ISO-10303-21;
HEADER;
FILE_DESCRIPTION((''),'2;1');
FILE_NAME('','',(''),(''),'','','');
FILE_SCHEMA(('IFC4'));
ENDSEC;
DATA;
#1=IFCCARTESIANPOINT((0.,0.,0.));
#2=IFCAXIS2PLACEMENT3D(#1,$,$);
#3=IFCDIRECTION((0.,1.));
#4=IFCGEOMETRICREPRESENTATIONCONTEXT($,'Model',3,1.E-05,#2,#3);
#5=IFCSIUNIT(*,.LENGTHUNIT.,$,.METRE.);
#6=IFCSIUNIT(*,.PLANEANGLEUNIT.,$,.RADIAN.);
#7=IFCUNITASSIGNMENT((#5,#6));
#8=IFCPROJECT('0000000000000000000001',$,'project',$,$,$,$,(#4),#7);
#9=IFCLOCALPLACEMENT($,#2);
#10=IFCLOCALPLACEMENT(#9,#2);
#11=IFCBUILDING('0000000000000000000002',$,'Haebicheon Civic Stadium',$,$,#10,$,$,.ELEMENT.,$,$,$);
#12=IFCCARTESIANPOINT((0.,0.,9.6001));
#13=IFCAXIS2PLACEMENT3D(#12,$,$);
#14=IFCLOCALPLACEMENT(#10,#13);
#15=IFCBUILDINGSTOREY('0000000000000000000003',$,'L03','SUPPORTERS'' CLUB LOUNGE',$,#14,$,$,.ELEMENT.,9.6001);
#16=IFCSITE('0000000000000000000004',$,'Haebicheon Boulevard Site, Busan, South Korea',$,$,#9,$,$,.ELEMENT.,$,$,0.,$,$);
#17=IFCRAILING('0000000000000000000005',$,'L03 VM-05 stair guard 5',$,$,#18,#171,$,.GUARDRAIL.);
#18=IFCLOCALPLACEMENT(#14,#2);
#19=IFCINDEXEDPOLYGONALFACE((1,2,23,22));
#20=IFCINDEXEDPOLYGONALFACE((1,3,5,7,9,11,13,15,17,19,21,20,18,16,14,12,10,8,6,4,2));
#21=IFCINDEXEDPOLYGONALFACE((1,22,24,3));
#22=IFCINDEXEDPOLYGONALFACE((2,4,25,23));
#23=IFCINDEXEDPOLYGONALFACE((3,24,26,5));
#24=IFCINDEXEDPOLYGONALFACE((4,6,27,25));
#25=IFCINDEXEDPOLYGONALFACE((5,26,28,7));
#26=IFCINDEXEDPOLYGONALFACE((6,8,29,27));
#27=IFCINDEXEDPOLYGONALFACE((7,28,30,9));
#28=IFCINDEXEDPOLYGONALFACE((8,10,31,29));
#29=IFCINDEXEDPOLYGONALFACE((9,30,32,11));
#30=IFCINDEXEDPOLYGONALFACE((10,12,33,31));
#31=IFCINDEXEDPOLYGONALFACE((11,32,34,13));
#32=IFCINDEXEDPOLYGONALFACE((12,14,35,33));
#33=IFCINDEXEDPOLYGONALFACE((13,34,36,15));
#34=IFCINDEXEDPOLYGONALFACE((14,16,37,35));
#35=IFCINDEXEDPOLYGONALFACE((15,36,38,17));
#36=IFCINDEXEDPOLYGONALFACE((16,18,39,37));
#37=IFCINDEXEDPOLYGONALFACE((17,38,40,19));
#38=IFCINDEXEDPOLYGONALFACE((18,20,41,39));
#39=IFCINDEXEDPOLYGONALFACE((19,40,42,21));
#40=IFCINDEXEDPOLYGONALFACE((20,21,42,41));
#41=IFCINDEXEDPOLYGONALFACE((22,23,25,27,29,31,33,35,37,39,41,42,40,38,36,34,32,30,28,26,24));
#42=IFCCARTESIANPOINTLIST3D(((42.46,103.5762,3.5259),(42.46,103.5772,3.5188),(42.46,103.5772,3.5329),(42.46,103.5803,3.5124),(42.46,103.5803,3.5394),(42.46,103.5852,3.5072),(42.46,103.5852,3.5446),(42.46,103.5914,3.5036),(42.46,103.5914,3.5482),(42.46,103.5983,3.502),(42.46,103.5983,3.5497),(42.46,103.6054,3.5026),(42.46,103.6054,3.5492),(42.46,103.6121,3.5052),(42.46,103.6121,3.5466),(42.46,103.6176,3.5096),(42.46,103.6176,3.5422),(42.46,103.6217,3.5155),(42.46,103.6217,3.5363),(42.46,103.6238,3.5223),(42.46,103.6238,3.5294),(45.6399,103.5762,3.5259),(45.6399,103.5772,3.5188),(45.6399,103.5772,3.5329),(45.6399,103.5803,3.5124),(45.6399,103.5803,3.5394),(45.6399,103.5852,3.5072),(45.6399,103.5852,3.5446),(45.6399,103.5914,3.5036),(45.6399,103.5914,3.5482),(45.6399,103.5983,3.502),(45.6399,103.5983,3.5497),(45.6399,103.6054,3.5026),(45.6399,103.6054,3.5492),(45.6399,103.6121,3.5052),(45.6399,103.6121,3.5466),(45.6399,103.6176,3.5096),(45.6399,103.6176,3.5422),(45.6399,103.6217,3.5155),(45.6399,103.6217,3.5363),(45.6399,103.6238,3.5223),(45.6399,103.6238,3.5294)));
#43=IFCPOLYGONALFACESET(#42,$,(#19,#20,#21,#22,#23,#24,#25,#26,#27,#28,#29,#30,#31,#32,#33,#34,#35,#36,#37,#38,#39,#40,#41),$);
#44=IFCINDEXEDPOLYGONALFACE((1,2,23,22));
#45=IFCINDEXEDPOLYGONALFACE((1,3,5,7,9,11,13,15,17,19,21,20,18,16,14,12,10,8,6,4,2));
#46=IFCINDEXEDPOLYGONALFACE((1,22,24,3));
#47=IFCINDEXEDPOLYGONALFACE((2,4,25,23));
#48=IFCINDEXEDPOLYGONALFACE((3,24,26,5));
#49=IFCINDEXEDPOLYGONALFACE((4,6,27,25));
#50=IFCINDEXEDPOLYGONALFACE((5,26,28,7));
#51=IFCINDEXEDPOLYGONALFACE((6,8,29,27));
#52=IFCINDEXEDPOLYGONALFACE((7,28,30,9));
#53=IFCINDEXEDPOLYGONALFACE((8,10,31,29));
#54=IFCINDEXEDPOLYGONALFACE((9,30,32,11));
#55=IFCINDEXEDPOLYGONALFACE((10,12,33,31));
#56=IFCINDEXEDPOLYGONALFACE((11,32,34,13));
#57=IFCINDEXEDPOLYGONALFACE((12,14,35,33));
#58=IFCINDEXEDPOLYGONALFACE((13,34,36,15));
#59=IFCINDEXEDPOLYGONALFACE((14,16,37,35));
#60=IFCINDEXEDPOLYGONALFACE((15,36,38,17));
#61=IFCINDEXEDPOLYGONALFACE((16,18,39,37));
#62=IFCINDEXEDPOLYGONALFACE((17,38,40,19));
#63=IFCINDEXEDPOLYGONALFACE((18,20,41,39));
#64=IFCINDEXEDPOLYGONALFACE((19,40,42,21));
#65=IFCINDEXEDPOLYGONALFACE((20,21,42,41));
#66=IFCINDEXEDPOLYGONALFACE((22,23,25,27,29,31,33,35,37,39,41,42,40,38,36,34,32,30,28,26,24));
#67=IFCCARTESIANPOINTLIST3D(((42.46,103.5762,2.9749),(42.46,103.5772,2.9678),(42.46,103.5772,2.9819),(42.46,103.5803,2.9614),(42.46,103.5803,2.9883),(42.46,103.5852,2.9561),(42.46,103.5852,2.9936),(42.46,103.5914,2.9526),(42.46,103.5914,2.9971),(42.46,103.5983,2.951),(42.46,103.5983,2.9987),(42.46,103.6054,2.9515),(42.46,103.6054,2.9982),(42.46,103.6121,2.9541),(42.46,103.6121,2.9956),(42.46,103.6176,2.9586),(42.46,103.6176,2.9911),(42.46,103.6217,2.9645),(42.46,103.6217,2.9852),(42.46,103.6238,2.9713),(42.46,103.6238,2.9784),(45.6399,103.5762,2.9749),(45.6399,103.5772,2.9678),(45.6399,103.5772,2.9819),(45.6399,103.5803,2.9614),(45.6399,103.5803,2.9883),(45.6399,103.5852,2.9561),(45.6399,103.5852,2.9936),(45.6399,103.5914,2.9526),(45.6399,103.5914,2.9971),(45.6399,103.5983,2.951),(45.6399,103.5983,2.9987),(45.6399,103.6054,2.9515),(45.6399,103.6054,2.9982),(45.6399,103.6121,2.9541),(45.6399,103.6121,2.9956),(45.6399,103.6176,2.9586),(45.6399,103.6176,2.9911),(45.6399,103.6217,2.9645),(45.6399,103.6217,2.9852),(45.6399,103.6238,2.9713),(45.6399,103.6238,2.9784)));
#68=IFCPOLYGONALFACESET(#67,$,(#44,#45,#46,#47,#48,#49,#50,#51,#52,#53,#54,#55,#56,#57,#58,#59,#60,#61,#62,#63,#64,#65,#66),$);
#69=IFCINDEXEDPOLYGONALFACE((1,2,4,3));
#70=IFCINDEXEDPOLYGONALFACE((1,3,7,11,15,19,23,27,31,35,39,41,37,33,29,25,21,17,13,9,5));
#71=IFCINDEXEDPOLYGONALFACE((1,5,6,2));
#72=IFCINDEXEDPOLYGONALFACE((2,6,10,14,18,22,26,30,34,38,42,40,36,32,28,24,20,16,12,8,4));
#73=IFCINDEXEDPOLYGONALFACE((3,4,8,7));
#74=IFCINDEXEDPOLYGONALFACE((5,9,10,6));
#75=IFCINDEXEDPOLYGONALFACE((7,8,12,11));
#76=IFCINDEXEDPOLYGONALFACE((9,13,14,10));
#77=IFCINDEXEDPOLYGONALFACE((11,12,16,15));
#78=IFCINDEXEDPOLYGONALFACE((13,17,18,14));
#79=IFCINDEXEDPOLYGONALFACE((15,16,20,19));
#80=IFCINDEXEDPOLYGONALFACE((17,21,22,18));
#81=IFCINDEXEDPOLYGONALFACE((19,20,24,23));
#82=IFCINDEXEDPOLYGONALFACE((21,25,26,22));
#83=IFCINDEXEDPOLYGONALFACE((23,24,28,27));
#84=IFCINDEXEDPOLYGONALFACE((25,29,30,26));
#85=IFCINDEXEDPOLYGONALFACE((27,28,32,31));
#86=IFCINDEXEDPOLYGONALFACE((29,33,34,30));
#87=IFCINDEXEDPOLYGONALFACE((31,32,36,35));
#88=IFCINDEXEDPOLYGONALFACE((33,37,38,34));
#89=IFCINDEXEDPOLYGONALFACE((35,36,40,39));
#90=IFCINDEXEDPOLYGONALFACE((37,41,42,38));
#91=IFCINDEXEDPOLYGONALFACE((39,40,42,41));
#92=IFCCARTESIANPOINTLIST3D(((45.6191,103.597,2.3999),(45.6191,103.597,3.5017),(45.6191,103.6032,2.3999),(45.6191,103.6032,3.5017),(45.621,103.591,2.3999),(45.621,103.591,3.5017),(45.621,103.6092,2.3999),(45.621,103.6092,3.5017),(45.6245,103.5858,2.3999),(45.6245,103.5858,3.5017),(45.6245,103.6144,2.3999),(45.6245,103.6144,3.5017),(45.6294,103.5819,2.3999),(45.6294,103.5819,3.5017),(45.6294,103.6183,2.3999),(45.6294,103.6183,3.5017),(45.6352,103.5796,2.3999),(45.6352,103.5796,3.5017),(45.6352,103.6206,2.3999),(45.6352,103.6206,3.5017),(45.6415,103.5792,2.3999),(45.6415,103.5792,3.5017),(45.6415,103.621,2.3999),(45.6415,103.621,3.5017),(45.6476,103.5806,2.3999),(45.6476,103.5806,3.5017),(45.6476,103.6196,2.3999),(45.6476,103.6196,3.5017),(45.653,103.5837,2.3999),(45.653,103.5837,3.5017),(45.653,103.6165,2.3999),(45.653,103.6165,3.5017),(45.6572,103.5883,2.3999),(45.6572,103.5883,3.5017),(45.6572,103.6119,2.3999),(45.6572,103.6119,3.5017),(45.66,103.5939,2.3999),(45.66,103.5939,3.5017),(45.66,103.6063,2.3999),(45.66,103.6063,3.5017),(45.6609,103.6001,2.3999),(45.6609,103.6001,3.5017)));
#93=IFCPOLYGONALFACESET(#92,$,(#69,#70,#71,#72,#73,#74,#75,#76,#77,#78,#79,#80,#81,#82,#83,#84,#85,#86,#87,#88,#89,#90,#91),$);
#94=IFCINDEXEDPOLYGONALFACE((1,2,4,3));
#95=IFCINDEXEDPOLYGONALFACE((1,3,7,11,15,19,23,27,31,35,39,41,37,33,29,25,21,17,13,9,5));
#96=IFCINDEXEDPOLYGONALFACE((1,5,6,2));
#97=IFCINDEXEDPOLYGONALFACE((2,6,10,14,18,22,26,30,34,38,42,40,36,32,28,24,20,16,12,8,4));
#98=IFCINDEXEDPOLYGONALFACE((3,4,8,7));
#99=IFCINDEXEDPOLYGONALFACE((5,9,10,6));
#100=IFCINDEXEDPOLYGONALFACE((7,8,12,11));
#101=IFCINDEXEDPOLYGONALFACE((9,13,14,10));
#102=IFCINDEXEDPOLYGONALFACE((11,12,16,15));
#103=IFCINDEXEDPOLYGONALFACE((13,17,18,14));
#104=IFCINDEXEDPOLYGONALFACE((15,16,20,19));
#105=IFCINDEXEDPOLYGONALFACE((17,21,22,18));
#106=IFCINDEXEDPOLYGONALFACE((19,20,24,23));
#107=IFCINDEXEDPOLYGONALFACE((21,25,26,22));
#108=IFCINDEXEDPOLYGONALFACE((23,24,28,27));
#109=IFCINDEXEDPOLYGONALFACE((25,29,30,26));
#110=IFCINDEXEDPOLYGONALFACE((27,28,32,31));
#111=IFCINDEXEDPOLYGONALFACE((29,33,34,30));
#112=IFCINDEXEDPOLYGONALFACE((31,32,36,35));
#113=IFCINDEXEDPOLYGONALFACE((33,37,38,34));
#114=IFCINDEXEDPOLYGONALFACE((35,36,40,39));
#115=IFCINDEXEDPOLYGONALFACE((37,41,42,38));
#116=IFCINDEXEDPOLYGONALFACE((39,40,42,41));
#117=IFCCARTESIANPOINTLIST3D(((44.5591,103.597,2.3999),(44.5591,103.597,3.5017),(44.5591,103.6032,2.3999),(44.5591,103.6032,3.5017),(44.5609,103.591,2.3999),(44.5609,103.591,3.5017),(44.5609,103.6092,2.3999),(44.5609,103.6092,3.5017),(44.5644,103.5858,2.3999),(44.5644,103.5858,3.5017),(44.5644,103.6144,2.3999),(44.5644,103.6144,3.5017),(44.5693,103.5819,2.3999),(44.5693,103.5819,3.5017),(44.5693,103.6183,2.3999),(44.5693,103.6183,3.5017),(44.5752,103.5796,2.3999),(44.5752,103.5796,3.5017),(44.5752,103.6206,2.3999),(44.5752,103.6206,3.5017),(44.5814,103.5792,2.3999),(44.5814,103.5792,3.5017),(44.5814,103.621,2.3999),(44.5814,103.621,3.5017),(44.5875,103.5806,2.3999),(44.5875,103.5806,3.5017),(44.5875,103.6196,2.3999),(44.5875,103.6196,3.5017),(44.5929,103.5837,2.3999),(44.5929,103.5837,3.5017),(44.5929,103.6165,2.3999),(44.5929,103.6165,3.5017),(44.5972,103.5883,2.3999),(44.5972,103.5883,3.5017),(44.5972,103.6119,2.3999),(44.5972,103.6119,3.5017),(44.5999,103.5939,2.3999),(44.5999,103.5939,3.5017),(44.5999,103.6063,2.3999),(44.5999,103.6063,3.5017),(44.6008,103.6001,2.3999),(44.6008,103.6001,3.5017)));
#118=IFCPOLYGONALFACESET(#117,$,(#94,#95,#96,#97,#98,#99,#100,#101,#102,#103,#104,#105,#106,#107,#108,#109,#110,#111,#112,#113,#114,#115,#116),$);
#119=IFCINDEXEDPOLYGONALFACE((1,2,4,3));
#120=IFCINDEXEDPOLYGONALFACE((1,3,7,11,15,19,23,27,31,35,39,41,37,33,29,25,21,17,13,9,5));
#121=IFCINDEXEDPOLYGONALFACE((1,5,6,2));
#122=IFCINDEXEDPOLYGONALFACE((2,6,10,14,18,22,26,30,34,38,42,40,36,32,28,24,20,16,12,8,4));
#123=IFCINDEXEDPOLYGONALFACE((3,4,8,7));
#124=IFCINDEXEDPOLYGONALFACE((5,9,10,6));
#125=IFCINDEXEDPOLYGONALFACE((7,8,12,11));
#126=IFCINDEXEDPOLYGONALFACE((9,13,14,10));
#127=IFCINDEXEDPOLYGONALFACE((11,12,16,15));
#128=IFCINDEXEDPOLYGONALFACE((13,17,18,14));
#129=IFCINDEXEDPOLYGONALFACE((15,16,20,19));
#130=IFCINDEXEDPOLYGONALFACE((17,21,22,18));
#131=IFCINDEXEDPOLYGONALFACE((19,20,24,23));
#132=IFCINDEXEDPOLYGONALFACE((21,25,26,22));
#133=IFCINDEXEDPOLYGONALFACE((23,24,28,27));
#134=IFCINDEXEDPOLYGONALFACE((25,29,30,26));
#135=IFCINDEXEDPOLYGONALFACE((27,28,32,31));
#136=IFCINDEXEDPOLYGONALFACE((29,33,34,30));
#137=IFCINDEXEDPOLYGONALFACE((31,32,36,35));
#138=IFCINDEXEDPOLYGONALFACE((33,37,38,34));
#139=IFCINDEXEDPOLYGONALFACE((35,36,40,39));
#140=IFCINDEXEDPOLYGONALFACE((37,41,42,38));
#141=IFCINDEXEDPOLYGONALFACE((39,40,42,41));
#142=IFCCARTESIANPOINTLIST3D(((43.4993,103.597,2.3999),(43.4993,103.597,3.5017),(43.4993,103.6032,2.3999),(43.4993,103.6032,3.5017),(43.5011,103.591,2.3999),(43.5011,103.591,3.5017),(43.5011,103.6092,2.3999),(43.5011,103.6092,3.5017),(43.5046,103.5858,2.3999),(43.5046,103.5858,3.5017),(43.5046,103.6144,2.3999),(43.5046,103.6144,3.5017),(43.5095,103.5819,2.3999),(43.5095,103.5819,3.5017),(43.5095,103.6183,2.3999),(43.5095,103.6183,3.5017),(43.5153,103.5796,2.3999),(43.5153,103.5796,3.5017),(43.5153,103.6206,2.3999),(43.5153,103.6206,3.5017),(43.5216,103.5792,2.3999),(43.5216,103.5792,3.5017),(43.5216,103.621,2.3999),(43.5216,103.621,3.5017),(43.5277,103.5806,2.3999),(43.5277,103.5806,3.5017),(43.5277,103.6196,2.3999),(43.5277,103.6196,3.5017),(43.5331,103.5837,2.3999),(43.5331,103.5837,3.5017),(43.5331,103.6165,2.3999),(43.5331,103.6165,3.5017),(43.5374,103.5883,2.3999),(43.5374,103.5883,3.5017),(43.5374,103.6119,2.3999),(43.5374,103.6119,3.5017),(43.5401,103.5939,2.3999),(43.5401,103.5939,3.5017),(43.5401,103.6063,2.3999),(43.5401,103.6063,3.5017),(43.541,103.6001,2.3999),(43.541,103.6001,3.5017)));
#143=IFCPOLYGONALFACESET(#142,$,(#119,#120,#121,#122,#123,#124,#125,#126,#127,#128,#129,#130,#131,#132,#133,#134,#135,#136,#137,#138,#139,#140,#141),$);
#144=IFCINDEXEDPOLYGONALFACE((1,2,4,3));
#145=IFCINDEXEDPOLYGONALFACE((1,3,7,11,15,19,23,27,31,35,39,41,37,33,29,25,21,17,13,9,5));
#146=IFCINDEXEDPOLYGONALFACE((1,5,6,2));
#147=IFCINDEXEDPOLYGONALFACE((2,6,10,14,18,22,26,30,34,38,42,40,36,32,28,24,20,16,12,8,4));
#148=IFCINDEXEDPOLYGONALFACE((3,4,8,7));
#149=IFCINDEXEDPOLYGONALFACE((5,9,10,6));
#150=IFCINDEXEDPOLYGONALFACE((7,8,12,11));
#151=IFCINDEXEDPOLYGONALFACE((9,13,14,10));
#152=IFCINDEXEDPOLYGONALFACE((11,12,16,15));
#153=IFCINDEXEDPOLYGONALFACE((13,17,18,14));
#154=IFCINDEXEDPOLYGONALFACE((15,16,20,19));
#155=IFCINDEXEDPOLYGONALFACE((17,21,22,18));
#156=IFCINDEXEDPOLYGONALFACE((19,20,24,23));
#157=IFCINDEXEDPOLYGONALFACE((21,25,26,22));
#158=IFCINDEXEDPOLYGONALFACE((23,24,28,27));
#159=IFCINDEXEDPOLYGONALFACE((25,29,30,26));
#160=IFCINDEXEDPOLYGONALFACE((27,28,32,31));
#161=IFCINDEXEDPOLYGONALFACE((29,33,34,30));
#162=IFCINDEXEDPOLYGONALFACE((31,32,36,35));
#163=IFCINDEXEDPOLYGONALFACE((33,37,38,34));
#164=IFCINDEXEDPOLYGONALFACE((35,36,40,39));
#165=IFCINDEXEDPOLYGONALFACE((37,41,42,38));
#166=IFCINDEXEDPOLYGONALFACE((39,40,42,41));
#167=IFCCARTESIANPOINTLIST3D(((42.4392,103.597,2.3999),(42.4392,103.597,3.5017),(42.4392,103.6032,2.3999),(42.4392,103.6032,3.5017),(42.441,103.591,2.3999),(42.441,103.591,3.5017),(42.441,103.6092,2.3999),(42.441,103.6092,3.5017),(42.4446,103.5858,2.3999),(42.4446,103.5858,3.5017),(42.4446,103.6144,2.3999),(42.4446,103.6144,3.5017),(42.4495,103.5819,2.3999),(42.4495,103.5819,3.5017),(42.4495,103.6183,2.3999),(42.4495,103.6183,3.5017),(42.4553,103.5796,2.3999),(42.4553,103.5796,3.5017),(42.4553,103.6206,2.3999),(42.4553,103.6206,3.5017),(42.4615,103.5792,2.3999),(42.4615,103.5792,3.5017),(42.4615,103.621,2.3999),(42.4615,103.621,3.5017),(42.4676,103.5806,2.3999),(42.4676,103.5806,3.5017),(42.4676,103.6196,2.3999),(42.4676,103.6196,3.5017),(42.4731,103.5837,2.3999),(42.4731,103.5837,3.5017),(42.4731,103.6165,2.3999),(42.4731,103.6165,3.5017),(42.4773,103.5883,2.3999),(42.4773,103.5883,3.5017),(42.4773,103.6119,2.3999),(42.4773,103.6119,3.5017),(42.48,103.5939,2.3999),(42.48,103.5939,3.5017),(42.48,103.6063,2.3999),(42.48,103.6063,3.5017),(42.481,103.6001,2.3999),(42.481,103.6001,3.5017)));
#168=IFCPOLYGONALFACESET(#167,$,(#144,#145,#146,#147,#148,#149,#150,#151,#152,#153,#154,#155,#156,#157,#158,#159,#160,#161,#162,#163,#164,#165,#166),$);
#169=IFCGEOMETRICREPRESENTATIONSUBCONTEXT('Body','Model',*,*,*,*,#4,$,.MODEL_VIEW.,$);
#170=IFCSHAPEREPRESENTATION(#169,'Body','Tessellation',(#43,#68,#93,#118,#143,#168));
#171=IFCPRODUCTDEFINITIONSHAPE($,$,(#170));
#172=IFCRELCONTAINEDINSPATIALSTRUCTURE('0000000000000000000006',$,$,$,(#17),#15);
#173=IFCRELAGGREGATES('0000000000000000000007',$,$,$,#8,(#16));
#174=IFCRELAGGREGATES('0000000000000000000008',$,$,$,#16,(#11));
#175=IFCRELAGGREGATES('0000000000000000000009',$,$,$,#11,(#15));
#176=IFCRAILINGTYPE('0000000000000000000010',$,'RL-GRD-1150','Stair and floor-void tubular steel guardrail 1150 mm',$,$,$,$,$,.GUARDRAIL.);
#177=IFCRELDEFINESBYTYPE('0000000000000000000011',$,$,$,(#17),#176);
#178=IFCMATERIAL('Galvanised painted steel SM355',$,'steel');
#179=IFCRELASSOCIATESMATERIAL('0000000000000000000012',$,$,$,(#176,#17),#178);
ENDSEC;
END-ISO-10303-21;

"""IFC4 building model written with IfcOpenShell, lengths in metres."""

from ifc_helpers import new_model, si_unit, direction, frame, origin, origin_2d, place, context, subcontext, project, spatial, circle, extrude, material, type_object, element, save


model = new_model("IFC4")

# Units and contexts
model_context = context("Model", 3, precision=1e-05, world=origin(), true_north=direction((0.0, 1.0)))
body_context = subcontext(model_context, "Body", "Model", "MODEL_VIEW")
ifc_project = project(units=[si_unit("LENGTHUNIT", "METRE"), si_unit("PLANEANGLEUNIT", "RADIAN")], contexts=[model_context])

# Site, building, storey
site_placement = place(None, origin())
site = spatial("IfcSite", under=ifc_project, at=site_placement, Name="Haebicheon Boulevard Site, Busan, South Korea", CompositionType="ELEMENT", RefElevation=0.0)
building_placement = place(site_placement, origin())
building = spatial("IfcBuilding", under=site, at=building_placement, Name="Haebicheon Civic Stadium", CompositionType="ELEMENT")
storey_placement = place(building_placement, frame((0.0, 0.0, 9.6001)))
storey = spatial("IfcBuildingStorey", under=building, at=storey_placement, Name="L03", Description="SUPPORTERS' CLUB LOUNGE", CompositionType="ELEMENT", Elevation=9.6001)

# Railing
ifc_material_1 = material(Name="Galvanised painted steel SM355", Category="steel")
railing_type_1 = type_object("IfcRailingType", Name="RL-GRD-1150", Description="Stair and floor-void tubular steel guardrail 1150 mm", PredefinedType="GUARDRAIL", material=ifc_material_1)
railing_1_placement = place(storey_placement, frame((45.6399, 103.6001, 2.3999)))
element("IfcRailing", 1, at=railing_1_placement, inside=storey, type_object=railing_type_1, material=ifc_material_1, Name="L03 VM-05 stair guard 5", PredefinedType="GUARDRAIL", context=body_context, shape_type="SweptSolid", body=[
    extrude(circle(Radius=0.0239, at=origin_2d()), frame((0.0, 0.0, 1.126), z_axis=(-1.0, 0.0, 0.0), x_axis=(0.0, -1.0, 0.0)), (0.0, 0.0, 1.0), 3.1799),
    extrude(circle(Radius=0.0239, at=origin_2d()), frame((0.0, 0.0, 0.575), z_axis=(-1.0, 0.0, 0.0), x_axis=(0.0, -1.0, 0.0)), (0.0, 0.0, 1.0), 3.1799),
    extrude(circle(Radius=0.021, at=origin_2d()), origin(), (0.0, 0.0, 1.0), 1.1018),
    extrude(circle(Radius=0.021, at=origin_2d()), frame((-1.0601, 0.0, 0.0)), (0.0, 0.0, 1.0), 1.1018),
    extrude(circle(Radius=0.021, at=origin_2d()), frame((-2.1199, 0.0, 0.0)), (0.0, 0.0, 1.0), 1.1018),
    extrude(circle(Radius=0.021, at=origin_2d()), frame((-3.1799, 0.0, 0.0)), (0.0, 0.0, 1.0), 1.1018),
])

save(model, "model.ifc")
